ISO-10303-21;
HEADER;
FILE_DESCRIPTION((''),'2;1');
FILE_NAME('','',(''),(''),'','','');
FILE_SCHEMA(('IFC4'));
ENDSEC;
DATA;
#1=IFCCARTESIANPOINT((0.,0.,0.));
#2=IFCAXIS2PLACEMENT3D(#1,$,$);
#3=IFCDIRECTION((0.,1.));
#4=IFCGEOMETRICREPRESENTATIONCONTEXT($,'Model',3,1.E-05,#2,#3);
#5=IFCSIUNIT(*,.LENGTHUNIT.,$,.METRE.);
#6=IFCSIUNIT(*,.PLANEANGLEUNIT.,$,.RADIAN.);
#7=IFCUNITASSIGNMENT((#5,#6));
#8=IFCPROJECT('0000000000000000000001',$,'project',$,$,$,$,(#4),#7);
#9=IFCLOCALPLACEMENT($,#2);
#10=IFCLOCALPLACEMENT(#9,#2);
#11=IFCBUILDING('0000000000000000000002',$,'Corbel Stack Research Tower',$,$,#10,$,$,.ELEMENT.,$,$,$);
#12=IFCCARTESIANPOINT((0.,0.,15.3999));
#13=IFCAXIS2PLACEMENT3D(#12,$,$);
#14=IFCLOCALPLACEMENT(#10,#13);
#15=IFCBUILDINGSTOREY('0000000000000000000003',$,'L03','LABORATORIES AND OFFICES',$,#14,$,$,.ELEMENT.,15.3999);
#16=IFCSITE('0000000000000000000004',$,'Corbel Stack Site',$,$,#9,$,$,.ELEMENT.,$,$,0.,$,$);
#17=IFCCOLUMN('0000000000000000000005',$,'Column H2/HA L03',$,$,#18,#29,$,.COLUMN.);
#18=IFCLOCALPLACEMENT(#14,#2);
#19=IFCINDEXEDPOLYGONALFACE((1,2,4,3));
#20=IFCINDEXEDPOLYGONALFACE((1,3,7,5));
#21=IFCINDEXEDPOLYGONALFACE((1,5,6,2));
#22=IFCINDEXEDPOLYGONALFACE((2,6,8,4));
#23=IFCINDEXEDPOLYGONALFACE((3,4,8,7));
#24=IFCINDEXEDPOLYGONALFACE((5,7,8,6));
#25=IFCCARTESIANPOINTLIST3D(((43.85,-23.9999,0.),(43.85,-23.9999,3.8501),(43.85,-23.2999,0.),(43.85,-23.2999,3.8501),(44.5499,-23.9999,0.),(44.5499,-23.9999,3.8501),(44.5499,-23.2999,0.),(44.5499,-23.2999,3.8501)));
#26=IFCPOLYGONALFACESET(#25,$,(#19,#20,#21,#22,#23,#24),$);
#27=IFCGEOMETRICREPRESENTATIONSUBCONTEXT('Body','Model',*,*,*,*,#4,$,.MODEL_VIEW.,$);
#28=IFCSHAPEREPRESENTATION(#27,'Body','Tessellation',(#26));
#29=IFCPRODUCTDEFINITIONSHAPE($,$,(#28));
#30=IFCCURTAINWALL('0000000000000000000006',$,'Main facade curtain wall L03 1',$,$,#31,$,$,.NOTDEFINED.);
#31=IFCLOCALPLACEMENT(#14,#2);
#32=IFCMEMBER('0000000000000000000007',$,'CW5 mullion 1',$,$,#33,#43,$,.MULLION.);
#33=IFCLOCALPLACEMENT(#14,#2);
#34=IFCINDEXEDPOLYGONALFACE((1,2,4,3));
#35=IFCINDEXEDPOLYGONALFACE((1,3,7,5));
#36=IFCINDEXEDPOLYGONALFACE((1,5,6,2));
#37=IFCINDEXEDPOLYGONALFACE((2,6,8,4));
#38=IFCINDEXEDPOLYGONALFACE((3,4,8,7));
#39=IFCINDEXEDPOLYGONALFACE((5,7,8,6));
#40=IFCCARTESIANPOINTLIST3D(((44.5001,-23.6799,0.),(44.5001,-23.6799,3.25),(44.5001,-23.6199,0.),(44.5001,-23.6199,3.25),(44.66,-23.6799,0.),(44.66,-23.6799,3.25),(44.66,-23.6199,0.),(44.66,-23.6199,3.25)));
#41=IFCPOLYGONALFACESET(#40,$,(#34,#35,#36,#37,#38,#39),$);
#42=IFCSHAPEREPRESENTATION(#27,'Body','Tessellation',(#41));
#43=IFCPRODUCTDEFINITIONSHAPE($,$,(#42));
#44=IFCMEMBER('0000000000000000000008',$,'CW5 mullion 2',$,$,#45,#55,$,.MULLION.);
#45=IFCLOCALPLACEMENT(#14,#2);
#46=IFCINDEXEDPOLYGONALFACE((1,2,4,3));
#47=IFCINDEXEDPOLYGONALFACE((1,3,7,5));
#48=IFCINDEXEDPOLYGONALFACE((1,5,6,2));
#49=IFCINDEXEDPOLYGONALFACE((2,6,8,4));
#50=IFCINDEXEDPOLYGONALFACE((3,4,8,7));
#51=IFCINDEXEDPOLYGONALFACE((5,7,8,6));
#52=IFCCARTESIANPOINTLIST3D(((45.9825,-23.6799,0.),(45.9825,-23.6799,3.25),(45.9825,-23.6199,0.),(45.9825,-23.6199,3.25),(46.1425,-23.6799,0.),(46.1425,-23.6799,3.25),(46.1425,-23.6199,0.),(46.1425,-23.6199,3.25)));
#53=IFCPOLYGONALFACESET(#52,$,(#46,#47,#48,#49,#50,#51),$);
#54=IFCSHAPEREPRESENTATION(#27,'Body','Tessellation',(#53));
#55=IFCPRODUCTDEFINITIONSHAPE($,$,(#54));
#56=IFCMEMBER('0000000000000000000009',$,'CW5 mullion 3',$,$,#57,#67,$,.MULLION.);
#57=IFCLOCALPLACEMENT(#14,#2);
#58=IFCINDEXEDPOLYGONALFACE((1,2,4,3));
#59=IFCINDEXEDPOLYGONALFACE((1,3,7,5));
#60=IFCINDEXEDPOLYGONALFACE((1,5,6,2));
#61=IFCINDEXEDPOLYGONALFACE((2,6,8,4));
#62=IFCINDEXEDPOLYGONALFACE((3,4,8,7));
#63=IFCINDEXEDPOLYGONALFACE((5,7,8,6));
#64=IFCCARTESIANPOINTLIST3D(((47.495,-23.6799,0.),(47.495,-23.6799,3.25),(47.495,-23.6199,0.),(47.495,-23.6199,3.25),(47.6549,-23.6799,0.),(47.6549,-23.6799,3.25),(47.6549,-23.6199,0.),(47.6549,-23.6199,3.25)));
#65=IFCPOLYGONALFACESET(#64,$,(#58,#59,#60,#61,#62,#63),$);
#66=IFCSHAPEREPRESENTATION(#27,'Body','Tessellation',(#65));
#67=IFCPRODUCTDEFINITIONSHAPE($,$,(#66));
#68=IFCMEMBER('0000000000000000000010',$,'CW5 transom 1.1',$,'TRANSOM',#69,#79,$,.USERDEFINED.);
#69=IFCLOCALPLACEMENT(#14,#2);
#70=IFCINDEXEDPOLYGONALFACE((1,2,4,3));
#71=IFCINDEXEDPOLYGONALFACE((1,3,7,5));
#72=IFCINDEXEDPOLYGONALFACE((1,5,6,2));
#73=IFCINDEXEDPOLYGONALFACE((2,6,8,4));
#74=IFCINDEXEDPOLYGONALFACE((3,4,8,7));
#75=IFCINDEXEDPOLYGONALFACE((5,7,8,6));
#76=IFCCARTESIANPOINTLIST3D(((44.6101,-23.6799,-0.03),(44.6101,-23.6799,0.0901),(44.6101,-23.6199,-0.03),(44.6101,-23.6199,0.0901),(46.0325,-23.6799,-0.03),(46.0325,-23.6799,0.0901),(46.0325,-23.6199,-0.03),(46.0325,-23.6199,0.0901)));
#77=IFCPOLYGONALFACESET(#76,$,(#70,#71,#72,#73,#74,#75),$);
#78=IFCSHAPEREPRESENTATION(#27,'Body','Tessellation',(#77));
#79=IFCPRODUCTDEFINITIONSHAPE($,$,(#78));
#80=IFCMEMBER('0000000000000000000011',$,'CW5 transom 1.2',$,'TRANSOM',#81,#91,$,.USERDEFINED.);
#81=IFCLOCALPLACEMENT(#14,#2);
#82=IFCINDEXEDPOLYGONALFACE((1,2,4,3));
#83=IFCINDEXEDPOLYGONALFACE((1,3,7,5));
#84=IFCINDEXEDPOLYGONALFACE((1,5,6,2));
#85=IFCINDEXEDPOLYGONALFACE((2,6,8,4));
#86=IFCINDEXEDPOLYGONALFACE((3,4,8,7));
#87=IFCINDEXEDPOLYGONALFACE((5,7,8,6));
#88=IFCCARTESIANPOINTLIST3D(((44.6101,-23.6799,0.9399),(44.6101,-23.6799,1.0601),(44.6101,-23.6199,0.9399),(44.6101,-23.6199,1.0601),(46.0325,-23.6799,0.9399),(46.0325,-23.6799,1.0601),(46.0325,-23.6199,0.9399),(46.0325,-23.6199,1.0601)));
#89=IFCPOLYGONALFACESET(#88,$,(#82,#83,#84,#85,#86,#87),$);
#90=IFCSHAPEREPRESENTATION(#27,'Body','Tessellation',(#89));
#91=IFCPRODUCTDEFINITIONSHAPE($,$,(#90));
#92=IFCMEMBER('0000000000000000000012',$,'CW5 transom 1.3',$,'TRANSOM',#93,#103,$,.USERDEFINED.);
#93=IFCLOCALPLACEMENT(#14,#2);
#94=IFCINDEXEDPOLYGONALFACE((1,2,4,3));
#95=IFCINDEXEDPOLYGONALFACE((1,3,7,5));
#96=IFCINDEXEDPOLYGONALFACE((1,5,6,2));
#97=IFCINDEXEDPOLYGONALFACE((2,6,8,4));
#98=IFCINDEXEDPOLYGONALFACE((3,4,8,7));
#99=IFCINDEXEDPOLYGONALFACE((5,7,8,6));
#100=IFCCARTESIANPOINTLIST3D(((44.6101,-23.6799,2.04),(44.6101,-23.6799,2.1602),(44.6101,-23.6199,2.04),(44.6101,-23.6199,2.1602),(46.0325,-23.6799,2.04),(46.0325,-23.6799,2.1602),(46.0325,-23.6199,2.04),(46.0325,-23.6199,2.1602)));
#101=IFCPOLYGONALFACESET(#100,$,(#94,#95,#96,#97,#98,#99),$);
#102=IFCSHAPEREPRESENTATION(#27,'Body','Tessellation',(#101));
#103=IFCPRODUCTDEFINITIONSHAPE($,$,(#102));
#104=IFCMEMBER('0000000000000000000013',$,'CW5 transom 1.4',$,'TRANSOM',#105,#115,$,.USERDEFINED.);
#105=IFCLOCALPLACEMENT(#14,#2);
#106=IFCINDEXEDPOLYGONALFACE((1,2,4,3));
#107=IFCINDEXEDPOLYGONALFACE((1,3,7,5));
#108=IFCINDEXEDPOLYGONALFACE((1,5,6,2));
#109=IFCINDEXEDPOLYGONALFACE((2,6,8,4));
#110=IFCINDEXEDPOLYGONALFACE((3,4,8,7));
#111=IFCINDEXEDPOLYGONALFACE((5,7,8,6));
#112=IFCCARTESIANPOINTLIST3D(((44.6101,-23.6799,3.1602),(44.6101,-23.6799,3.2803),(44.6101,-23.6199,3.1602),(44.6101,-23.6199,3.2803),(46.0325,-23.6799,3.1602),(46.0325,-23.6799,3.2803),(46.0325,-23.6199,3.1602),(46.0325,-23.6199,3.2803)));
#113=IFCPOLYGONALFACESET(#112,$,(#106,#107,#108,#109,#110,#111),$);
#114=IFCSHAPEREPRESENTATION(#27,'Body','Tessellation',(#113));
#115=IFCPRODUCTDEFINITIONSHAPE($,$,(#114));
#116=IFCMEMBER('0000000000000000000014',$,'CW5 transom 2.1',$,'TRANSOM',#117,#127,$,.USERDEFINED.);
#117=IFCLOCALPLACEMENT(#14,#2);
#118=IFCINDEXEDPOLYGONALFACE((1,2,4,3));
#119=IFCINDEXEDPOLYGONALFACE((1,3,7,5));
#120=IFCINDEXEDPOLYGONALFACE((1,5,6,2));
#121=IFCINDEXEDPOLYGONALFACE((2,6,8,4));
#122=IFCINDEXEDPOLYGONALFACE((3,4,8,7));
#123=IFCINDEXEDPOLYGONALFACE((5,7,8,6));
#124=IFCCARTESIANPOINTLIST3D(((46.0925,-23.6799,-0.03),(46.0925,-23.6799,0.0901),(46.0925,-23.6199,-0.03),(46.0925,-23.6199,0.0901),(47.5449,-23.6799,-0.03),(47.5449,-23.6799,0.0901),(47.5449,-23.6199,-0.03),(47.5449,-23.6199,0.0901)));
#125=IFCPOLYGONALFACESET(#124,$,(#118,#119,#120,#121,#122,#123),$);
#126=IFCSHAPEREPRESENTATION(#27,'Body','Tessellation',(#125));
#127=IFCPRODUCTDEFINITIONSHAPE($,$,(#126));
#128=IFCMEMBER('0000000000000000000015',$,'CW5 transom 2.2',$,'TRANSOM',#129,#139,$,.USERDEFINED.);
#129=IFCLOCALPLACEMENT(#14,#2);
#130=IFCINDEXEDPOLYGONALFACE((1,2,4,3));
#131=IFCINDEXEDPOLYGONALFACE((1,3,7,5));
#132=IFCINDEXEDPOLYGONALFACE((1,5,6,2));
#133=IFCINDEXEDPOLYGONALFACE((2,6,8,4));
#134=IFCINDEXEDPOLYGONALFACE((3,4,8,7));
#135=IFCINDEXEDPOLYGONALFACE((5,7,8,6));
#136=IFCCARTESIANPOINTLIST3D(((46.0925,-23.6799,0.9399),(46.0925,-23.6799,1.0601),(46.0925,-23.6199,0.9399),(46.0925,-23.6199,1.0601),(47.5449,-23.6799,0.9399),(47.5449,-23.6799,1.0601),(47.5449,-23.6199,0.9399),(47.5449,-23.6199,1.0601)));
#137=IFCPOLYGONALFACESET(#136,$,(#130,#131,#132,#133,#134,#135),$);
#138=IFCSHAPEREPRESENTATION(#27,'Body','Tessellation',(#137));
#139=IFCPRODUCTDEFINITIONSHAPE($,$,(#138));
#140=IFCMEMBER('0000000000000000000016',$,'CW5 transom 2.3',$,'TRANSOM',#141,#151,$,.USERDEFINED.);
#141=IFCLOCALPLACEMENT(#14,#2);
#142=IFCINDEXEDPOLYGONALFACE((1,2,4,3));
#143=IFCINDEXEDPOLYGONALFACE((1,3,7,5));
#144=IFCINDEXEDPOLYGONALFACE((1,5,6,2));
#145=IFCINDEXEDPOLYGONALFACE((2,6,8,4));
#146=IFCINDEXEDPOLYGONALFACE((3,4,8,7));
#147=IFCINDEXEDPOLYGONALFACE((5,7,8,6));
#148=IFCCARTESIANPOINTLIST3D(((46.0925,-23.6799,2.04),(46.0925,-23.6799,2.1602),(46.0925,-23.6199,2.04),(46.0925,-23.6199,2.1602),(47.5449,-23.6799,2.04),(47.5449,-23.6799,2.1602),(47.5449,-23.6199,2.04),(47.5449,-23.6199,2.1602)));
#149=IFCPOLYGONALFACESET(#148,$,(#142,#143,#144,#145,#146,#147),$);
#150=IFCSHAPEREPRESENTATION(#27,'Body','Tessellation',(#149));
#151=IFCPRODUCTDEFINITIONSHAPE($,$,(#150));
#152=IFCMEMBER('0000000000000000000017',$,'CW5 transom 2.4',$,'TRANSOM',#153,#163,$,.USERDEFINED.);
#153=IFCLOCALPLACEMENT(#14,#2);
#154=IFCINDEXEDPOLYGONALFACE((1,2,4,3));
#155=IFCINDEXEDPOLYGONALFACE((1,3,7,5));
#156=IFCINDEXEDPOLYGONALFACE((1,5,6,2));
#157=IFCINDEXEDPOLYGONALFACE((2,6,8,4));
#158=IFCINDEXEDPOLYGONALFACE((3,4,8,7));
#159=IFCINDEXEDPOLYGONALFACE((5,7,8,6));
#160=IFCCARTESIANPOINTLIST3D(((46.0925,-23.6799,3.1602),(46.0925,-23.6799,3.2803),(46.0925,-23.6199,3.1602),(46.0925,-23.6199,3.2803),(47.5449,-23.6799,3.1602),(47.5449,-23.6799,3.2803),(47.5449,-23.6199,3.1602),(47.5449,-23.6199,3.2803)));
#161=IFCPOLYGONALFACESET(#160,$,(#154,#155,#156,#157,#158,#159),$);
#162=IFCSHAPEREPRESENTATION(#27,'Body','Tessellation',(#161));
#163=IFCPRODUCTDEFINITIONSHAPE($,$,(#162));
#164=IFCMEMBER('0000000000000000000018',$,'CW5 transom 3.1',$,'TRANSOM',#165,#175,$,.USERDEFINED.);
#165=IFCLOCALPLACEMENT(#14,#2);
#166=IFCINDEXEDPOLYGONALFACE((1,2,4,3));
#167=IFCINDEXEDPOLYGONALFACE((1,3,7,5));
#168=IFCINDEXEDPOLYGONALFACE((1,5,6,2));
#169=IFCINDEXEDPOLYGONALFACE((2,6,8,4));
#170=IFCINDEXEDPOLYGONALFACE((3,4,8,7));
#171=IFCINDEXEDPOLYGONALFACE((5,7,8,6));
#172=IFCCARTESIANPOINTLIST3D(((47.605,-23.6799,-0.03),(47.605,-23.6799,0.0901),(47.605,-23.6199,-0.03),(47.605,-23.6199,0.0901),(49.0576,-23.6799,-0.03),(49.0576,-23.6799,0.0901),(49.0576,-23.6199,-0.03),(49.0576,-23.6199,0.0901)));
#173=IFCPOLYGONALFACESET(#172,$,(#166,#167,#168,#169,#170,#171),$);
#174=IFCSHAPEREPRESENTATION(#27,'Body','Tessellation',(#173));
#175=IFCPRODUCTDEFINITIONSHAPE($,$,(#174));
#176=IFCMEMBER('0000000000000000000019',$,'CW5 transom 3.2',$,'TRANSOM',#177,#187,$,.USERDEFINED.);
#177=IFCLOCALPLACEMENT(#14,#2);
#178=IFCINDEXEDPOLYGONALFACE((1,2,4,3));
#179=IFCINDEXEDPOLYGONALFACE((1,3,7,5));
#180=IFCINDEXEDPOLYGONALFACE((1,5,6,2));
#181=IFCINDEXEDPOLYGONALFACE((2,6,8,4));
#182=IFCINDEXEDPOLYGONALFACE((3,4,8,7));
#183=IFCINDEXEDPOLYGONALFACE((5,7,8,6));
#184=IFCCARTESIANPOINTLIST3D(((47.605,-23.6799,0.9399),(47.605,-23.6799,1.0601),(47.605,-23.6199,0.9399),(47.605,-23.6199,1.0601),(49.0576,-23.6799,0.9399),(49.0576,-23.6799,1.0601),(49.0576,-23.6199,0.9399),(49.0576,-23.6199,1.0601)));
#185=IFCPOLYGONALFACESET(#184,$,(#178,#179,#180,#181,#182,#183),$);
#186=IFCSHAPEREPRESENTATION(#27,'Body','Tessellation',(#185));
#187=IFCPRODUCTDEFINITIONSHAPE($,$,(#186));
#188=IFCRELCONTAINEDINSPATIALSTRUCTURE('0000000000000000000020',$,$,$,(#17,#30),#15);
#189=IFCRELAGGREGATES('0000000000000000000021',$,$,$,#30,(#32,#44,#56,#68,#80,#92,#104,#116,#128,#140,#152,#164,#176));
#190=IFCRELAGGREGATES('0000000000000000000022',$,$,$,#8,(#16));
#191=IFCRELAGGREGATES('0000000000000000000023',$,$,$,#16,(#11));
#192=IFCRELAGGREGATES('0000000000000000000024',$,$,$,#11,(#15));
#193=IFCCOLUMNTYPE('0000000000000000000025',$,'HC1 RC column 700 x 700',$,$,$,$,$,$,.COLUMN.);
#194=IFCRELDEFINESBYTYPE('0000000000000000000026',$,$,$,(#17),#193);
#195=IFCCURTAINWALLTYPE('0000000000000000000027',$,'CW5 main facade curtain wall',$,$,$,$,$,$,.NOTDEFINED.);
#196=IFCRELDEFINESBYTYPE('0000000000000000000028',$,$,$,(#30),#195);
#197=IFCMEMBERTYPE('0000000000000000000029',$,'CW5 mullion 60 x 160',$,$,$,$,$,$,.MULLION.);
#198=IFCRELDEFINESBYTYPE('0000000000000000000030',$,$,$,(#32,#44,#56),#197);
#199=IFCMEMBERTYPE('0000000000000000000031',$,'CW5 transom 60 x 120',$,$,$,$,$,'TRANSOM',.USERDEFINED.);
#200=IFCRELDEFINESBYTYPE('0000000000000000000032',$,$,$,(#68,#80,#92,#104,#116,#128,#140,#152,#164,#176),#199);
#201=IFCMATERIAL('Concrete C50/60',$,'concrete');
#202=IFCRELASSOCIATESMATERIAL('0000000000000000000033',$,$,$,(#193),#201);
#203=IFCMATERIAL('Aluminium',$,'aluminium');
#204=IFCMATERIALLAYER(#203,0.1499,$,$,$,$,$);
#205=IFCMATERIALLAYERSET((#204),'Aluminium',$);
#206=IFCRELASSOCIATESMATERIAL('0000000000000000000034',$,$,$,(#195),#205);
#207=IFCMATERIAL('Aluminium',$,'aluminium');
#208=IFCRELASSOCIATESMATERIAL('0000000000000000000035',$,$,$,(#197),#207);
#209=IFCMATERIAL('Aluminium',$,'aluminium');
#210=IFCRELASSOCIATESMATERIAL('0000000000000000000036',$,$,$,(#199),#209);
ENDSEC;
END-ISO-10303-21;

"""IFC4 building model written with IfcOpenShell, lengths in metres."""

from ifc_helpers import new_model, si_unit, direction, frame, origin, origin_2d, place, context, subcontext, project, spatial, rectangle, extrude, material, layer, layer_set, material_profile, profile_set, type_object, element, aggregate, save


model = new_model("IFC4")

# Units and contexts
model_context = context("Model", 3, precision=1e-05, world=origin(), true_north=direction((0.0, 1.0)))
body_context = subcontext(model_context, "Body", "Model", "MODEL_VIEW")
ifc_project = project(units=[si_unit("LENGTHUNIT", "METRE"), si_unit("PLANEANGLEUNIT", "RADIAN")], contexts=[model_context])

# Site, building, storey
site_placement = place(None, origin())
site = spatial("IfcSite", under=ifc_project, at=site_placement, Name="Corbel Stack Site", CompositionType="ELEMENT", RefElevation=0.0)
building_placement = place(site_placement, origin())
building = spatial("IfcBuilding", under=site, at=building_placement, Name="Corbel Stack Research Tower", CompositionType="ELEMENT")
storey_placement = place(building_placement, frame((0.0, 0.0, 15.3999)))
storey = spatial("IfcBuildingStorey", under=building, at=storey_placement, Name="L03", Description="LABORATORIES AND OFFICES", CompositionType="ELEMENT", Elevation=15.3999)

# Column
ifc_material_1 = material(Name="Concrete C50/60", Category="concrete")
ifc_material_profile_1 = material_profile(ifc_material_1, rectangle(XDim=0.7, YDim=0.7, at=origin_2d()), Name="RC 700 x 700")
ifc_profile_set_1 = profile_set([ifc_material_profile_1], Name="Concrete C50/60")
column_type = type_object("IfcColumnType", Name="HC1 RC column 700 x 700", PredefinedType="COLUMN", material=ifc_profile_set_1)
column_placement = place(storey_placement, frame((44.2, -23.6499, 0.0), z_axis=(0.0, 0.0, 1.0), x_axis=(1.0, 0.0, 0.0)))
element("IfcColumn", 1, at=column_placement, inside=storey, type_object=column_type, Name="Column H2/HA L03", PredefinedType="COLUMN", context=body_context, shape_type="SweptSolid", body=[
    extrude(rectangle(XDim=0.7, YDim=0.7, at=origin_2d()), origin(), (0.0, 0.0, 1.0), 3.8501),
])

# Curtain wall, members
ifc_material_2 = material(Name="Aluminium", Category="aluminium")
ifc_layer_1 = layer(ifc_material_2, 0.1499)
ifc_layer_set_1 = layer_set([ifc_layer_1], Name="Aluminium")
curtain_wall_type = type_object("IfcCurtainWallType", Name="CW5 main facade curtain wall", PredefinedType="NOTDEFINED", material=ifc_layer_set_1)
curtain_wall_placement = place(storey_placement, origin())
curtain_wall = element("IfcCurtainWall", 2, at=curtain_wall_placement, inside=storey, type_object=curtain_wall_type, Name="Main facade curtain wall L03 1", PredefinedType="NOTDEFINED")
ifc_material_3 = material(Name="Aluminium", Category="aluminium")
ifc_material_profile_2 = material_profile(ifc_material_3, rectangle(XDim=0.0601, YDim=0.1599, at=origin_2d()), Name="Mullion 60 x 160")
ifc_profile_set_2 = profile_set([ifc_material_profile_2], Name="Aluminium")
member_type_1 = type_object("IfcMemberType", Name="CW5 mullion 60 x 160", PredefinedType="MULLION", material=ifc_profile_set_2)
member_1_placement = place(storey_placement, frame((44.5801, -23.6499, 0.0), z_axis=(0.0, 0.0, 1.0), x_axis=(0.0, 1.0, 0.0)))
member_1 = element("IfcMember", 3, at=member_1_placement, type_object=member_type_1, Name="CW5 mullion 1", PredefinedType="MULLION", context=body_context, shape_type="SweptSolid", body=[
    extrude(rectangle(XDim=0.0601, YDim=0.1599, at=origin_2d()), origin(), (0.0, 0.0, 1.0), 3.25),
])
member_2_placement = place(storey_placement, frame((46.0625, -23.6499, 0.0), z_axis=(0.0, 0.0, 1.0), x_axis=(0.0, 1.0, 0.0)))
member_2 = element("IfcMember", 4, at=member_2_placement, type_object=member_type_1, Name="CW5 mullion 2", PredefinedType="MULLION", context=body_context, shape_type="SweptSolid", body=[
    extrude(rectangle(XDim=0.0601, YDim=0.1599, at=origin_2d()), origin(), (0.0, 0.0, 1.0), 3.25),
])
member_3_placement = place(storey_placement, frame((47.575, -23.6499, 0.0), z_axis=(0.0, 0.0, 1.0), x_axis=(0.0, 1.0, 0.0)))
member_3 = element("IfcMember", 5, at=member_3_placement, type_object=member_type_1, Name="CW5 mullion 3", PredefinedType="MULLION", context=body_context, shape_type="SweptSolid", body=[
    extrude(rectangle(XDim=0.0601, YDim=0.1599, at=origin_2d()), origin(), (0.0, 0.0, 1.0), 3.25),
])
ifc_material_4 = material(Name="Aluminium", Category="aluminium")
ifc_material_profile_3 = material_profile(ifc_material_4, rectangle(XDim=0.0601, YDim=0.1201, at=origin_2d()), Name="Transom 60 x 120")
ifc_profile_set_3 = profile_set([ifc_material_profile_3], Name="Aluminium")
member_type_2 = type_object("IfcMemberType", Name="CW5 transom 60 x 120", ElementType="TRANSOM", PredefinedType="USERDEFINED", material=ifc_profile_set_3)
member_4_placement = place(storey_placement, frame((44.6101, -23.6499, 0.03), z_axis=(1.0, 0.0, 0.0), x_axis=(0.0, 1.0, 0.0)))
member_4 = element("IfcMember", 6, at=member_4_placement, type_object=member_type_2, Name="CW5 transom 1.1", ObjectType="TRANSOM", PredefinedType="USERDEFINED", context=body_context, shape_type="SweptSolid", body=[
    extrude(rectangle(XDim=0.0601, YDim=0.1201, at=origin_2d()), origin(), (0.0, 0.0, 1.0), 1.4224),
])
member_5_placement = place(storey_placement, frame((44.6101, -23.6499, 1.0), z_axis=(1.0, 0.0, 0.0), x_axis=(0.0, 1.0, 0.0)))
member_5 = element("IfcMember", 7, at=member_5_placement, type_object=member_type_2, Name="CW5 transom 1.2", ObjectType="TRANSOM", PredefinedType="USERDEFINED", context=body_context, shape_type="SweptSolid", body=[
    extrude(rectangle(XDim=0.0601, YDim=0.1201, at=origin_2d()), origin(), (0.0, 0.0, 1.0), 1.4224),
])
member_6_placement = place(storey_placement, frame((44.6101, -23.6499, 2.1001), z_axis=(1.0, 0.0, 0.0), x_axis=(0.0, 1.0, 0.0)))
member_6 = element("IfcMember", 8, at=member_6_placement, type_object=member_type_2, Name="CW5 transom 1.3", ObjectType="TRANSOM", PredefinedType="USERDEFINED", context=body_context, shape_type="SweptSolid", body=[
    extrude(rectangle(XDim=0.0601, YDim=0.1201, at=origin_2d()), origin(), (0.0, 0.0, 1.0), 1.4224),
])
member_7_placement = place(storey_placement, frame((44.6101, -23.6499, 3.2202), z_axis=(1.0, 0.0, 0.0), x_axis=(0.0, 1.0, 0.0)))
member_7 = element("IfcMember", 9, at=member_7_placement, type_object=member_type_2, Name="CW5 transom 1.4", ObjectType="TRANSOM", PredefinedType="USERDEFINED", context=body_context, shape_type="SweptSolid", body=[
    extrude(rectangle(XDim=0.0601, YDim=0.1201, at=origin_2d()), origin(), (0.0, 0.0, 1.0), 1.4224),
])
member_8_placement = place(storey_placement, frame((46.0925, -23.6499, 0.03), z_axis=(1.0, 0.0, 0.0), x_axis=(0.0, 1.0, 0.0)))
member_8 = element("IfcMember", 10, at=member_8_placement, type_object=member_type_2, Name="CW5 transom 2.1", ObjectType="TRANSOM", PredefinedType="USERDEFINED", context=body_context, shape_type="SweptSolid", body=[
    extrude(rectangle(XDim=0.0601, YDim=0.1201, at=origin_2d()), origin(), (0.0, 0.0, 1.0), 1.4524),
])
member_9_placement = place(storey_placement, frame((46.0925, -23.6499, 1.0), z_axis=(1.0, 0.0, 0.0), x_axis=(0.0, 1.0, 0.0)))
member_9 = element("IfcMember", 11, at=member_9_placement, type_object=member_type_2, Name="CW5 transom 2.2", ObjectType="TRANSOM", PredefinedType="USERDEFINED", context=body_context, shape_type="SweptSolid", body=[
    extrude(rectangle(XDim=0.0601, YDim=0.1201, at=origin_2d()), origin(), (0.0, 0.0, 1.0), 1.4524),
])
member_10_placement = place(storey_placement, frame((46.0925, -23.6499, 2.1001), z_axis=(1.0, 0.0, 0.0), x_axis=(0.0, 1.0, 0.0)))
member_10 = element("IfcMember", 12, at=member_10_placement, type_object=member_type_2, Name="CW5 transom 2.3", ObjectType="TRANSOM", PredefinedType="USERDEFINED", context=body_context, shape_type="SweptSolid", body=[
    extrude(rectangle(XDim=0.0601, YDim=0.1201, at=origin_2d()), origin(), (0.0, 0.0, 1.0), 1.4524),
])
member_11_placement = place(storey_placement, frame((46.0925, -23.6499, 3.2202), z_axis=(1.0, 0.0, 0.0), x_axis=(0.0, 1.0, 0.0)))
member_11 = element("IfcMember", 13, at=member_11_placement, type_object=member_type_2, Name="CW5 transom 2.4", ObjectType="TRANSOM", PredefinedType="USERDEFINED", context=body_context, shape_type="SweptSolid", body=[
    extrude(rectangle(XDim=0.0601, YDim=0.1201, at=origin_2d()), origin(), (0.0, 0.0, 1.0), 1.4524),
])
member_12_placement = place(storey_placement, frame((47.605, -23.6499, 0.03), z_axis=(1.0, 0.0, 0.0), x_axis=(0.0, 1.0, 0.0)))
member_12 = element("IfcMember", 14, at=member_12_placement, type_object=member_type_2, Name="CW5 transom 3.1", ObjectType="TRANSOM", PredefinedType="USERDEFINED", context=body_context, shape_type="SweptSolid", body=[
    extrude(rectangle(XDim=0.0601, YDim=0.1201, at=origin_2d()), origin(), (0.0, 0.0, 1.0), 1.4526),
])
member_13_placement = place(storey_placement, frame((47.605, -23.6499, 1.0), z_axis=(1.0, 0.0, 0.0), x_axis=(0.0, 1.0, 0.0)))
member_13 = element("IfcMember", 15, at=member_13_placement, type_object=member_type_2, Name="CW5 transom 3.2", ObjectType="TRANSOM", PredefinedType="USERDEFINED", context=body_context, shape_type="SweptSolid", body=[
    extrude(rectangle(XDim=0.0601, YDim=0.1201, at=origin_2d()), origin(), (0.0, 0.0, 1.0), 1.4526),
])

aggregate(curtain_wall, [member_1, member_2, member_3, member_4, member_5, member_6, member_7, member_8, member_9, member_10, member_11, member_12, member_13])

save(model, "model.ifc")
